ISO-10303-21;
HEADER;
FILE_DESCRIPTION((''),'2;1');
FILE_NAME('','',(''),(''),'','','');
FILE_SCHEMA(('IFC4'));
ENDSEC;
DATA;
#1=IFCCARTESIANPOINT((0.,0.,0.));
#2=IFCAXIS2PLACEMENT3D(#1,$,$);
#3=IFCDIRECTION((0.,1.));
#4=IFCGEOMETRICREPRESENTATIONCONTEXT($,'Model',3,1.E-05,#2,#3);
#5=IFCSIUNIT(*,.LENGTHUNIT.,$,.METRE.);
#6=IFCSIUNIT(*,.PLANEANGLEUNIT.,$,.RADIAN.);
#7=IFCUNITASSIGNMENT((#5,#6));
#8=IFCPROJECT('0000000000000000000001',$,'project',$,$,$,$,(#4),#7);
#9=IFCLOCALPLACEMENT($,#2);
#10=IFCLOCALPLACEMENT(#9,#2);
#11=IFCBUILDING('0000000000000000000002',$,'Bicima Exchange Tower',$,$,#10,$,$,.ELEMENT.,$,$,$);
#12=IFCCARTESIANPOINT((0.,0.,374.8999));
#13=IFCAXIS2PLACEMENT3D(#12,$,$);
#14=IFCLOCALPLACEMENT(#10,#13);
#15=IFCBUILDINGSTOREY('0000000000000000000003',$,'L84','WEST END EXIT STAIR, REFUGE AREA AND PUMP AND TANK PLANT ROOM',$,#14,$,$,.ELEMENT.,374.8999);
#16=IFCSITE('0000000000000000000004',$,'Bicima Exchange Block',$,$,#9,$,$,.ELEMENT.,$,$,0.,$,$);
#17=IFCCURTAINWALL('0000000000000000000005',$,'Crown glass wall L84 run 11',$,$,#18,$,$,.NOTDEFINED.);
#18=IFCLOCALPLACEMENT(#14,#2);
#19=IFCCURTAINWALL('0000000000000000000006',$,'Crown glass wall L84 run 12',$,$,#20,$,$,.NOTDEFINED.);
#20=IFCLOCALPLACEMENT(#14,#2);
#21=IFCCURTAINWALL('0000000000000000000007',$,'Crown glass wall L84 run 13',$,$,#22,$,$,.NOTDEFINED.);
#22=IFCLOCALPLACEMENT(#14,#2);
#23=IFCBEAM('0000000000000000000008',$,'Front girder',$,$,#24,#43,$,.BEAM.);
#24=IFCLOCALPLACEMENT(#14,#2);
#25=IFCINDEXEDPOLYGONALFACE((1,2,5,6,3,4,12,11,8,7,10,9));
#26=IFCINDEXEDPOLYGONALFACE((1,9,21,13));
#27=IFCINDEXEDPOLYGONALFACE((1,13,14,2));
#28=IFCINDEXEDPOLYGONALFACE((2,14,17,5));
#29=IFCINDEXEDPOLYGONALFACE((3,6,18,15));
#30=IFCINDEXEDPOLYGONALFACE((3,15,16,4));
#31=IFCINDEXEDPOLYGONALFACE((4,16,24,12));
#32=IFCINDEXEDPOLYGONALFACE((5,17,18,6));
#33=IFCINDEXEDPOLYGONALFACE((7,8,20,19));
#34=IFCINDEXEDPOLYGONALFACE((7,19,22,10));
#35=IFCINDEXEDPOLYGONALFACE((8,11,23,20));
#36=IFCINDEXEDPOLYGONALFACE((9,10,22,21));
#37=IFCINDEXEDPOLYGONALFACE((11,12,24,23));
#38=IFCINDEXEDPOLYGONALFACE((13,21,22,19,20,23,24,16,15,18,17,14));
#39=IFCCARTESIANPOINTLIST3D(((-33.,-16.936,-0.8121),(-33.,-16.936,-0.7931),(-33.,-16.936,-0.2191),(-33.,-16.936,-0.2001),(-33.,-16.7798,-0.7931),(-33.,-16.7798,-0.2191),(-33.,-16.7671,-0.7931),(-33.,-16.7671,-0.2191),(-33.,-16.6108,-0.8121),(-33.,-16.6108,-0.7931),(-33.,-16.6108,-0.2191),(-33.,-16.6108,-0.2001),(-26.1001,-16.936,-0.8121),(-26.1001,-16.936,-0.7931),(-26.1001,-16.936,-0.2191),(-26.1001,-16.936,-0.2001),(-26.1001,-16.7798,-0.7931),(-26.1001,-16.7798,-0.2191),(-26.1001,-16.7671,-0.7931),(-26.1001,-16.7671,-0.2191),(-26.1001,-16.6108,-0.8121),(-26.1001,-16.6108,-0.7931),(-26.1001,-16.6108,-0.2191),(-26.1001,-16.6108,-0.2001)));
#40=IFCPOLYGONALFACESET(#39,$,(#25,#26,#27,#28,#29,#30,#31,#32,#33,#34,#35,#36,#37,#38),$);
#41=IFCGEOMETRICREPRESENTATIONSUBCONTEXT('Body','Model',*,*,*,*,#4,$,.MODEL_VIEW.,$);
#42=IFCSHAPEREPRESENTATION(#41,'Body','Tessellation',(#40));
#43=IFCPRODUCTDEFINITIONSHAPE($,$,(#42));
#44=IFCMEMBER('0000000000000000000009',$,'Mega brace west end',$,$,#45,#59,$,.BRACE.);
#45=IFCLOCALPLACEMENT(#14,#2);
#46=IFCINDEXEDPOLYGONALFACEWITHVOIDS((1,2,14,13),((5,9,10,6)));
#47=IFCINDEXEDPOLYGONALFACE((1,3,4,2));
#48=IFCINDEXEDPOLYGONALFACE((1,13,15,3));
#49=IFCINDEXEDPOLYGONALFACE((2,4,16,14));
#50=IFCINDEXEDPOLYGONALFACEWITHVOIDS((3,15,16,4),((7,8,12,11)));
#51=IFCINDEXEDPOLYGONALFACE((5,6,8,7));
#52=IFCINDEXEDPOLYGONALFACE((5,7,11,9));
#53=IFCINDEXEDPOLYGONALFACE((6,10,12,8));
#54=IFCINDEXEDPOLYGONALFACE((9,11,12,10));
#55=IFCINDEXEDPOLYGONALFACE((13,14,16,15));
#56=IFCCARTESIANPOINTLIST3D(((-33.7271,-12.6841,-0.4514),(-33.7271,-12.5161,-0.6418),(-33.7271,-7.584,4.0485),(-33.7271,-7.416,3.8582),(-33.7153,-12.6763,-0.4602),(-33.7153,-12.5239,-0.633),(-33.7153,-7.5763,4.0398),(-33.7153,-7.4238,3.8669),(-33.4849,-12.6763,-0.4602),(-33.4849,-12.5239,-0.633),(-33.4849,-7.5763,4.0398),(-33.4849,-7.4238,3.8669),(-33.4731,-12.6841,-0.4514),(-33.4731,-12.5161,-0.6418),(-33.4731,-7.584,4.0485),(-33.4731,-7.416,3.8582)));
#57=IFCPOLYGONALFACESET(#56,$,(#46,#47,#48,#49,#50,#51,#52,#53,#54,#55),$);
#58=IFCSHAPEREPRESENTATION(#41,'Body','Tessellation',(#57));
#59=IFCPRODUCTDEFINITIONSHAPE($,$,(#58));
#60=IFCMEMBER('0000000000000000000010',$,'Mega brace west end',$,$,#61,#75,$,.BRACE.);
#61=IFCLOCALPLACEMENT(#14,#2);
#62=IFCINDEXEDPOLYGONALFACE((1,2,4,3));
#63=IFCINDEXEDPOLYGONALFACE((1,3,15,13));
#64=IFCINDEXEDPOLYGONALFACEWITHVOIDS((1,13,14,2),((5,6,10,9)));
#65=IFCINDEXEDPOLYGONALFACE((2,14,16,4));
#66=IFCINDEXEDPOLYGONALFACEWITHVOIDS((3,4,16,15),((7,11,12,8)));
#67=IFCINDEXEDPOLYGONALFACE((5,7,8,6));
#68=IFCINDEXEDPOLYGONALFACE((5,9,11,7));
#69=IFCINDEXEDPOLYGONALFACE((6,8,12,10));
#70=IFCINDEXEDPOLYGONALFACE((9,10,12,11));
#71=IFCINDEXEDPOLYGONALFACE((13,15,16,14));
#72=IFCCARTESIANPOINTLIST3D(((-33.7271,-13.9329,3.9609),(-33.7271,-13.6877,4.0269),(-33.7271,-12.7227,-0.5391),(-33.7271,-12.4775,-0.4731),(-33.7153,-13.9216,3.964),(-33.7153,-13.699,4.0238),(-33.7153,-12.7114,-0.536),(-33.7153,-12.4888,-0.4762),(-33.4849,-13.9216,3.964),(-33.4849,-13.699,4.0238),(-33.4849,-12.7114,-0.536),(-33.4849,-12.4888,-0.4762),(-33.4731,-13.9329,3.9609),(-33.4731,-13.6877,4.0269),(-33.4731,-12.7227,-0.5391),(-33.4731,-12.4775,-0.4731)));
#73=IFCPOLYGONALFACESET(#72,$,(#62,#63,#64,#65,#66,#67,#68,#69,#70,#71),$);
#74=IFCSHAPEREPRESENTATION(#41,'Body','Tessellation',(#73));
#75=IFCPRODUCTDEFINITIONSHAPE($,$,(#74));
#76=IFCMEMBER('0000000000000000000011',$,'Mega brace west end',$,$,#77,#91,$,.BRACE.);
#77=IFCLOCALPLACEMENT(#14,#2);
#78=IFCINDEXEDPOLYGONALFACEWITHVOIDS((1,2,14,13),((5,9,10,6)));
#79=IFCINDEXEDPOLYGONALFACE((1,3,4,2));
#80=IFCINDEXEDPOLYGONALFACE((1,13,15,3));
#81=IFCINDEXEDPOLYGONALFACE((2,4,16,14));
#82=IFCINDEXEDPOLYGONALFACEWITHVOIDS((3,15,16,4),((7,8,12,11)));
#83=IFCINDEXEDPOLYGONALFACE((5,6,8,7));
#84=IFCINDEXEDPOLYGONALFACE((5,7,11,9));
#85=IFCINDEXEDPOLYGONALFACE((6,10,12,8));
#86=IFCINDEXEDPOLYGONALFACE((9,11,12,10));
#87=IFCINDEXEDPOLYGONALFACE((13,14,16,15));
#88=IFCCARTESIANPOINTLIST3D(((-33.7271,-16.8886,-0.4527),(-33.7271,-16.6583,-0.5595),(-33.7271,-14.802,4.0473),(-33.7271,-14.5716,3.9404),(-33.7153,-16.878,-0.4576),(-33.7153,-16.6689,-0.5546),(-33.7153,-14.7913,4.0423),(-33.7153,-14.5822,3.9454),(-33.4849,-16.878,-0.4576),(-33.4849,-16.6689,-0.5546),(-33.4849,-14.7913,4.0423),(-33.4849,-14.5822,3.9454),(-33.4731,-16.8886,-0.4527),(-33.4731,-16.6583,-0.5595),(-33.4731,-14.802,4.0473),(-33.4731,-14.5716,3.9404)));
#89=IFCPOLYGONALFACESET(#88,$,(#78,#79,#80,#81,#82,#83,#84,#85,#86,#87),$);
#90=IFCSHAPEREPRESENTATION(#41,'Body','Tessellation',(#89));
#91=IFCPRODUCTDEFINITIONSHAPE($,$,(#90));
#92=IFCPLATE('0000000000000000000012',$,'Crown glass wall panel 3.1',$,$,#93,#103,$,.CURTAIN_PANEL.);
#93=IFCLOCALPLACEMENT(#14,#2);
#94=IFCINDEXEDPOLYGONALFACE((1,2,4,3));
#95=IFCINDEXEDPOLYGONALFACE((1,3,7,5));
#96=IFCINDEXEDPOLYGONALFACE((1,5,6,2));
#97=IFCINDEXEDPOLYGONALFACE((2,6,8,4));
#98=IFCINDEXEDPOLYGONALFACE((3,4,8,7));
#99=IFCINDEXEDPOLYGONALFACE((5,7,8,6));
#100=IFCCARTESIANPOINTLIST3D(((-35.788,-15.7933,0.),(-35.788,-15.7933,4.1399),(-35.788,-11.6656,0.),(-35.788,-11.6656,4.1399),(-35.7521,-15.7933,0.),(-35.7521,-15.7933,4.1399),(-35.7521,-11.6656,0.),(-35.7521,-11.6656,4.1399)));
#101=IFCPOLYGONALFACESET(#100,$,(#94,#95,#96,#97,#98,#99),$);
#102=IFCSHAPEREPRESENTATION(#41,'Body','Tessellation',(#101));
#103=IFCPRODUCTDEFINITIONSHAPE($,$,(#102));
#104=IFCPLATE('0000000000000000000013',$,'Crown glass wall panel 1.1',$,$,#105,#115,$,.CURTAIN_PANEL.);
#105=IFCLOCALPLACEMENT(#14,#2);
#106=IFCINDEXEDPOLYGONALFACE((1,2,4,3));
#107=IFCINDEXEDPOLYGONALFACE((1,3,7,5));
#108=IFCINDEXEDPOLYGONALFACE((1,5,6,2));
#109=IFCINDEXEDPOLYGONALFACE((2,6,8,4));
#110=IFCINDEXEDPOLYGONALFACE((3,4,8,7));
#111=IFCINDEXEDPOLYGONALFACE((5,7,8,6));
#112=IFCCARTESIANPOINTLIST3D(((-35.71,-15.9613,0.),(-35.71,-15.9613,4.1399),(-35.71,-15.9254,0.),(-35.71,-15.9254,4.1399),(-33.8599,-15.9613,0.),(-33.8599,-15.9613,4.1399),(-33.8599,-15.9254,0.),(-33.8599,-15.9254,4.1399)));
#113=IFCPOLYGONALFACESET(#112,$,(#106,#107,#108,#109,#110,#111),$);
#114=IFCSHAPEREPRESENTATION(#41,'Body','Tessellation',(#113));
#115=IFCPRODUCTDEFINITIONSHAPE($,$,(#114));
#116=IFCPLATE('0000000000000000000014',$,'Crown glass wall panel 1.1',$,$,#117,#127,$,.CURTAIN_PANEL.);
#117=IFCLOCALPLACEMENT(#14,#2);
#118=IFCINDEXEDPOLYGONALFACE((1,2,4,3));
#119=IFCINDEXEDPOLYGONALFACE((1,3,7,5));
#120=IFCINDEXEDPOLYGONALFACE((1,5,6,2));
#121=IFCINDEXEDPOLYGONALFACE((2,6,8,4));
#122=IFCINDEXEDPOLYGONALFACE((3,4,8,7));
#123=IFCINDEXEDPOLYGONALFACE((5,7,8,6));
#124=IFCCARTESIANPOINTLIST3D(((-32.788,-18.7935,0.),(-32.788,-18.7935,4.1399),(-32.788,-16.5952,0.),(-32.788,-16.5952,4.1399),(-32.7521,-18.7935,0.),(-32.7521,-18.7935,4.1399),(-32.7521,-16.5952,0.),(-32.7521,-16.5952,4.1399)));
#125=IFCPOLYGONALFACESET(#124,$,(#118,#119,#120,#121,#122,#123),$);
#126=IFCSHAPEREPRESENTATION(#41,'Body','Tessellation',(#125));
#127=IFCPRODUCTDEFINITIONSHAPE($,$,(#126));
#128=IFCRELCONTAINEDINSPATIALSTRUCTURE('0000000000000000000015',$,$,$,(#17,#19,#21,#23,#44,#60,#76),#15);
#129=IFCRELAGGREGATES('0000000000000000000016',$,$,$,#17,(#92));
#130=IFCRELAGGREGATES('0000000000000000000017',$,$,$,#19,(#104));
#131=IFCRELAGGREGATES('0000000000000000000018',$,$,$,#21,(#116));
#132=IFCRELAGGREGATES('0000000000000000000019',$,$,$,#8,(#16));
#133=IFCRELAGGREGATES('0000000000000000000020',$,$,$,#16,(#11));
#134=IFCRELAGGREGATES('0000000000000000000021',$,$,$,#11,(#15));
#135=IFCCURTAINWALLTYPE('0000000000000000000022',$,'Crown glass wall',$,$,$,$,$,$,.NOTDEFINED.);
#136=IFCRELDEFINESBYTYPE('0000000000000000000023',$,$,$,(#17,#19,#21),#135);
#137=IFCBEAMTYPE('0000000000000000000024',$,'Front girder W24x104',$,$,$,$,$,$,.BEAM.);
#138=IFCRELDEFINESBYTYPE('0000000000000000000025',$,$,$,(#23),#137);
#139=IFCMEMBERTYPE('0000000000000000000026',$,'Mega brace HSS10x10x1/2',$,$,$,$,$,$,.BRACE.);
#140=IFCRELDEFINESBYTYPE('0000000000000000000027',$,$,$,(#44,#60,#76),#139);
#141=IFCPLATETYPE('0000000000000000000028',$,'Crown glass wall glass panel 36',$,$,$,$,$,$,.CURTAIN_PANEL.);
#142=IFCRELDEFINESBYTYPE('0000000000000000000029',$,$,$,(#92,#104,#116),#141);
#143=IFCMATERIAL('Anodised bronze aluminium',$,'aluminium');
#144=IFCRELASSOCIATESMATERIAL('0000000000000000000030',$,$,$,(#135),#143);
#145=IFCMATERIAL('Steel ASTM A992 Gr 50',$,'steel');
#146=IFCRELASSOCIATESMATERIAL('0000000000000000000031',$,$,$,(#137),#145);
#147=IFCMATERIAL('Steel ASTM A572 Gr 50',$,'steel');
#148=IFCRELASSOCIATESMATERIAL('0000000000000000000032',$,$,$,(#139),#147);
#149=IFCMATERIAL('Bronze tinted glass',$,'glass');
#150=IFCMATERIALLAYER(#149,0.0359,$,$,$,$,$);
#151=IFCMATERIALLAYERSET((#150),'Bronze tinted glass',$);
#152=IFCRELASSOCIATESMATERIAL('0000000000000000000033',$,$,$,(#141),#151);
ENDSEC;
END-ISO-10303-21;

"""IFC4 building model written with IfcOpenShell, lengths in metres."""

from ifc_helpers import new_model, si_unit, direction, frame, origin, origin_2d, place, context, subcontext, project, spatial, rectangle, hollow_rectangle, i_section, extrude, material, layer, layer_set, material_profile, profile_set, type_object, element, aggregate, save


model = new_model("IFC4")

# Units and contexts
model_context = context("Model", 3, precision=1e-05, world=origin(), true_north=direction((0.0, 1.0)))
body_context = subcontext(model_context, "Body", "Model", "MODEL_VIEW")
ifc_project = project(units=[si_unit("LENGTHUNIT", "METRE"), si_unit("PLANEANGLEUNIT", "RADIAN")], contexts=[model_context])

# Site, building, storey
site_placement = place(None, origin())
site = spatial("IfcSite", under=ifc_project, at=site_placement, Name="Bicima Exchange Block", CompositionType="ELEMENT", RefElevation=0.0)
building_placement = place(site_placement, origin())
building = spatial("IfcBuilding", under=site, at=building_placement, Name="Bicima Exchange Tower", CompositionType="ELEMENT")
storey_placement = place(building_placement, frame((0.0, 0.0, 374.8999)))
storey = spatial("IfcBuildingStorey", under=building, at=storey_placement, Name="L84", Description="WEST END EXIT STAIR, REFUGE AREA AND PUMP AND TANK PLANT ROOM", CompositionType="ELEMENT", Elevation=374.8999)

# Shared definitions
ifc_material_1 = material(Name="Steel ASTM A572 Gr 50", Category="steel")
ifc_material_2 = material(Name="Steel ASTM A992 Gr 50", Category="steel")

# Curtain walls
ifc_material_3 = material(Name="Anodised bronze aluminium", Category="aluminium")
curtain_wall_type = type_object("IfcCurtainWallType", Name="Crown glass wall", PredefinedType="NOTDEFINED", material=ifc_material_3)
curtain_wall_1_placement = place(storey_placement, origin())
curtain_wall_1 = element("IfcCurtainWall", 1, at=curtain_wall_1_placement, inside=storey, type_object=curtain_wall_type, Name="Crown glass wall L84 run 11", PredefinedType="NOTDEFINED")
curtain_wall_2_placement = place(storey_placement, origin())
curtain_wall_2 = element("IfcCurtainWall", 2, at=curtain_wall_2_placement, inside=storey, type_object=curtain_wall_type, Name="Crown glass wall L84 run 12", PredefinedType="NOTDEFINED")
curtain_wall_3_placement = place(storey_placement, origin())
curtain_wall_3 = element("IfcCurtainWall", 3, at=curtain_wall_3_placement, inside=storey, type_object=curtain_wall_type, Name="Crown glass wall L84 run 13", PredefinedType="NOTDEFINED")

# Beam
ifc_material_profile_1 = material_profile(ifc_material_2, i_section(OverallWidth=0.3252, OverallDepth=0.6121, WebThickness=0.0127, FlangeThickness=0.019, at=origin_2d()))
ifc_profile_set_1 = profile_set([ifc_material_profile_1], Name="Steel ASTM A992 Gr 50")
beam_type_1 = type_object("IfcBeamType", Name="Front girder W24x104", PredefinedType="BEAM", material=ifc_profile_set_1)
beam_1_placement = place(storey_placement, frame((-33.0, -16.7734, -0.5061), z_axis=(1.0, 0.0, 0.0), x_axis=(0.0, 1.0, 0.0)))
element("IfcBeam", 4, at=beam_1_placement, inside=storey, type_object=beam_type_1, Name="Front girder", PredefinedType="BEAM", context=body_context, shape_type="SweptSolid", body=[
    extrude(i_section(OverallWidth=0.3252, OverallDepth=0.6121, WebThickness=0.0127, FlangeThickness=0.019, at=origin_2d()), origin(), (0.0, 0.0, 1.0), 6.8999),
])

# Members
ifc_material_profile_2 = material_profile(ifc_material_1, hollow_rectangle(XDim=0.2539, YDim=0.2539, WallThickness=0.0117, at=origin_2d()))
ifc_profile_set_2 = profile_set([ifc_material_profile_2], Name="Steel ASTM A572 Gr 50")
member_type_1 = type_object("IfcMemberType", Name="Mega brace HSS10x10x1/2", PredefinedType="BRACE", material=ifc_profile_set_2)
member_1_placement = place(storey_placement, frame((-33.6001, -12.6001, -0.5466), z_axis=(0.0, 0.749844, 0.661615), x_axis=(-1.0, 0.0, 0.0)))
element("IfcMember", 5, at=member_1_placement, inside=storey, type_object=member_type_1, Name="Mega brace west end", PredefinedType="BRACE", context=body_context, shape_type="SweptSolid", body=[
    extrude(hollow_rectangle(XDim=0.2539, YDim=0.2539, WallThickness=0.0117, at=origin_2d()), origin(), (0.0, 0.0, 1.0), 6.8015),
])
member_2_placement = place(storey_placement, frame((-33.6001, -12.6001, -0.5061), z_axis=(0.0, -0.259707, 0.965688), x_axis=(1.0, 0.0, 0.0)))
element("IfcMember", 6, at=member_2_placement, inside=storey, type_object=member_type_1, Name="Mega brace west end", PredefinedType="BRACE", context=body_context, shape_type="SweptSolid", body=[
    extrude(hollow_rectangle(XDim=0.2539, YDim=0.2539, WallThickness=0.0117, at=origin_2d()), origin(), (0.0, 0.0, 1.0), 4.6599),
])
member_3_placement = place(storey_placement, frame((-33.6001, -16.7734, -0.5061), z_axis=(0.0, 0.420677, 0.90721), x_axis=(-1.0, 0.0, 0.0)))
element("IfcMember", 7, at=member_3_placement, inside=storey, type_object=member_type_1, Name="Mega brace west end", PredefinedType="BRACE", context=body_context, shape_type="SweptSolid", body=[
    extrude(hollow_rectangle(XDim=0.2539, YDim=0.2539, WallThickness=0.0117, at=origin_2d()), origin(), (0.0, 0.0, 1.0), 4.9602),
])

# Plates
ifc_material_4 = material(Name="Bronze tinted glass", Category="glass")
ifc_layer = layer(ifc_material_4, 0.0359)
ifc_layer_set = layer_set([ifc_layer], Name="Bronze tinted glass")
plate_type = type_object("IfcPlateType", Name="Crown glass wall glass panel 36", PredefinedType="CURTAIN_PANEL", material=ifc_layer_set)
plate_1_placement = place(storey_placement, frame((-35.77, -13.7295, 0.0), z_axis=(0.0, 0.0, 1.0), x_axis=(0.0, -1.0, 0.0)))
plate_1 = element("IfcPlate", 8, at=plate_1_placement, type_object=plate_type, Name="Crown glass wall panel 3.1", PredefinedType="CURTAIN_PANEL", context=body_context, shape_type="SweptSolid", body=[
    extrude(rectangle(XDim=4.1277, YDim=0.0359, at=origin_2d()), origin(), (0.0, 0.0, 1.0), 4.1399),
])
aggregate(curtain_wall_1, [plate_1])
plate_2_placement = place(storey_placement, frame((-34.7849, -15.9434, 0.0), z_axis=(0.0, 0.0, 1.0), x_axis=(1.0, 0.0, 0.0)))
plate_2 = element("IfcPlate", 9, at=plate_2_placement, type_object=plate_type, Name="Crown glass wall panel 1.1", PredefinedType="CURTAIN_PANEL", context=body_context, shape_type="SweptSolid", body=[
    extrude(rectangle(XDim=1.8501, YDim=0.0359, at=origin_2d()), origin(), (0.0, 0.0, 1.0), 4.1399),
])
aggregate(curtain_wall_2, [plate_2])
plate_3_placement = place(storey_placement, frame((-32.77, -17.6943, 0.0), z_axis=(0.0, 0.0, 1.0), x_axis=(0.0, -1.0, 0.0)))
plate_3 = element("IfcPlate", 10, at=plate_3_placement, type_object=plate_type, Name="Crown glass wall panel 1.1", PredefinedType="CURTAIN_PANEL", context=body_context, shape_type="SweptSolid", body=[
    extrude(rectangle(XDim=2.1982, YDim=0.0359, at=origin_2d()), origin(), (0.0, 0.0, 1.0), 4.1399),
])
aggregate(curtain_wall_3, [plate_3])

save(model, "model.ifc")
